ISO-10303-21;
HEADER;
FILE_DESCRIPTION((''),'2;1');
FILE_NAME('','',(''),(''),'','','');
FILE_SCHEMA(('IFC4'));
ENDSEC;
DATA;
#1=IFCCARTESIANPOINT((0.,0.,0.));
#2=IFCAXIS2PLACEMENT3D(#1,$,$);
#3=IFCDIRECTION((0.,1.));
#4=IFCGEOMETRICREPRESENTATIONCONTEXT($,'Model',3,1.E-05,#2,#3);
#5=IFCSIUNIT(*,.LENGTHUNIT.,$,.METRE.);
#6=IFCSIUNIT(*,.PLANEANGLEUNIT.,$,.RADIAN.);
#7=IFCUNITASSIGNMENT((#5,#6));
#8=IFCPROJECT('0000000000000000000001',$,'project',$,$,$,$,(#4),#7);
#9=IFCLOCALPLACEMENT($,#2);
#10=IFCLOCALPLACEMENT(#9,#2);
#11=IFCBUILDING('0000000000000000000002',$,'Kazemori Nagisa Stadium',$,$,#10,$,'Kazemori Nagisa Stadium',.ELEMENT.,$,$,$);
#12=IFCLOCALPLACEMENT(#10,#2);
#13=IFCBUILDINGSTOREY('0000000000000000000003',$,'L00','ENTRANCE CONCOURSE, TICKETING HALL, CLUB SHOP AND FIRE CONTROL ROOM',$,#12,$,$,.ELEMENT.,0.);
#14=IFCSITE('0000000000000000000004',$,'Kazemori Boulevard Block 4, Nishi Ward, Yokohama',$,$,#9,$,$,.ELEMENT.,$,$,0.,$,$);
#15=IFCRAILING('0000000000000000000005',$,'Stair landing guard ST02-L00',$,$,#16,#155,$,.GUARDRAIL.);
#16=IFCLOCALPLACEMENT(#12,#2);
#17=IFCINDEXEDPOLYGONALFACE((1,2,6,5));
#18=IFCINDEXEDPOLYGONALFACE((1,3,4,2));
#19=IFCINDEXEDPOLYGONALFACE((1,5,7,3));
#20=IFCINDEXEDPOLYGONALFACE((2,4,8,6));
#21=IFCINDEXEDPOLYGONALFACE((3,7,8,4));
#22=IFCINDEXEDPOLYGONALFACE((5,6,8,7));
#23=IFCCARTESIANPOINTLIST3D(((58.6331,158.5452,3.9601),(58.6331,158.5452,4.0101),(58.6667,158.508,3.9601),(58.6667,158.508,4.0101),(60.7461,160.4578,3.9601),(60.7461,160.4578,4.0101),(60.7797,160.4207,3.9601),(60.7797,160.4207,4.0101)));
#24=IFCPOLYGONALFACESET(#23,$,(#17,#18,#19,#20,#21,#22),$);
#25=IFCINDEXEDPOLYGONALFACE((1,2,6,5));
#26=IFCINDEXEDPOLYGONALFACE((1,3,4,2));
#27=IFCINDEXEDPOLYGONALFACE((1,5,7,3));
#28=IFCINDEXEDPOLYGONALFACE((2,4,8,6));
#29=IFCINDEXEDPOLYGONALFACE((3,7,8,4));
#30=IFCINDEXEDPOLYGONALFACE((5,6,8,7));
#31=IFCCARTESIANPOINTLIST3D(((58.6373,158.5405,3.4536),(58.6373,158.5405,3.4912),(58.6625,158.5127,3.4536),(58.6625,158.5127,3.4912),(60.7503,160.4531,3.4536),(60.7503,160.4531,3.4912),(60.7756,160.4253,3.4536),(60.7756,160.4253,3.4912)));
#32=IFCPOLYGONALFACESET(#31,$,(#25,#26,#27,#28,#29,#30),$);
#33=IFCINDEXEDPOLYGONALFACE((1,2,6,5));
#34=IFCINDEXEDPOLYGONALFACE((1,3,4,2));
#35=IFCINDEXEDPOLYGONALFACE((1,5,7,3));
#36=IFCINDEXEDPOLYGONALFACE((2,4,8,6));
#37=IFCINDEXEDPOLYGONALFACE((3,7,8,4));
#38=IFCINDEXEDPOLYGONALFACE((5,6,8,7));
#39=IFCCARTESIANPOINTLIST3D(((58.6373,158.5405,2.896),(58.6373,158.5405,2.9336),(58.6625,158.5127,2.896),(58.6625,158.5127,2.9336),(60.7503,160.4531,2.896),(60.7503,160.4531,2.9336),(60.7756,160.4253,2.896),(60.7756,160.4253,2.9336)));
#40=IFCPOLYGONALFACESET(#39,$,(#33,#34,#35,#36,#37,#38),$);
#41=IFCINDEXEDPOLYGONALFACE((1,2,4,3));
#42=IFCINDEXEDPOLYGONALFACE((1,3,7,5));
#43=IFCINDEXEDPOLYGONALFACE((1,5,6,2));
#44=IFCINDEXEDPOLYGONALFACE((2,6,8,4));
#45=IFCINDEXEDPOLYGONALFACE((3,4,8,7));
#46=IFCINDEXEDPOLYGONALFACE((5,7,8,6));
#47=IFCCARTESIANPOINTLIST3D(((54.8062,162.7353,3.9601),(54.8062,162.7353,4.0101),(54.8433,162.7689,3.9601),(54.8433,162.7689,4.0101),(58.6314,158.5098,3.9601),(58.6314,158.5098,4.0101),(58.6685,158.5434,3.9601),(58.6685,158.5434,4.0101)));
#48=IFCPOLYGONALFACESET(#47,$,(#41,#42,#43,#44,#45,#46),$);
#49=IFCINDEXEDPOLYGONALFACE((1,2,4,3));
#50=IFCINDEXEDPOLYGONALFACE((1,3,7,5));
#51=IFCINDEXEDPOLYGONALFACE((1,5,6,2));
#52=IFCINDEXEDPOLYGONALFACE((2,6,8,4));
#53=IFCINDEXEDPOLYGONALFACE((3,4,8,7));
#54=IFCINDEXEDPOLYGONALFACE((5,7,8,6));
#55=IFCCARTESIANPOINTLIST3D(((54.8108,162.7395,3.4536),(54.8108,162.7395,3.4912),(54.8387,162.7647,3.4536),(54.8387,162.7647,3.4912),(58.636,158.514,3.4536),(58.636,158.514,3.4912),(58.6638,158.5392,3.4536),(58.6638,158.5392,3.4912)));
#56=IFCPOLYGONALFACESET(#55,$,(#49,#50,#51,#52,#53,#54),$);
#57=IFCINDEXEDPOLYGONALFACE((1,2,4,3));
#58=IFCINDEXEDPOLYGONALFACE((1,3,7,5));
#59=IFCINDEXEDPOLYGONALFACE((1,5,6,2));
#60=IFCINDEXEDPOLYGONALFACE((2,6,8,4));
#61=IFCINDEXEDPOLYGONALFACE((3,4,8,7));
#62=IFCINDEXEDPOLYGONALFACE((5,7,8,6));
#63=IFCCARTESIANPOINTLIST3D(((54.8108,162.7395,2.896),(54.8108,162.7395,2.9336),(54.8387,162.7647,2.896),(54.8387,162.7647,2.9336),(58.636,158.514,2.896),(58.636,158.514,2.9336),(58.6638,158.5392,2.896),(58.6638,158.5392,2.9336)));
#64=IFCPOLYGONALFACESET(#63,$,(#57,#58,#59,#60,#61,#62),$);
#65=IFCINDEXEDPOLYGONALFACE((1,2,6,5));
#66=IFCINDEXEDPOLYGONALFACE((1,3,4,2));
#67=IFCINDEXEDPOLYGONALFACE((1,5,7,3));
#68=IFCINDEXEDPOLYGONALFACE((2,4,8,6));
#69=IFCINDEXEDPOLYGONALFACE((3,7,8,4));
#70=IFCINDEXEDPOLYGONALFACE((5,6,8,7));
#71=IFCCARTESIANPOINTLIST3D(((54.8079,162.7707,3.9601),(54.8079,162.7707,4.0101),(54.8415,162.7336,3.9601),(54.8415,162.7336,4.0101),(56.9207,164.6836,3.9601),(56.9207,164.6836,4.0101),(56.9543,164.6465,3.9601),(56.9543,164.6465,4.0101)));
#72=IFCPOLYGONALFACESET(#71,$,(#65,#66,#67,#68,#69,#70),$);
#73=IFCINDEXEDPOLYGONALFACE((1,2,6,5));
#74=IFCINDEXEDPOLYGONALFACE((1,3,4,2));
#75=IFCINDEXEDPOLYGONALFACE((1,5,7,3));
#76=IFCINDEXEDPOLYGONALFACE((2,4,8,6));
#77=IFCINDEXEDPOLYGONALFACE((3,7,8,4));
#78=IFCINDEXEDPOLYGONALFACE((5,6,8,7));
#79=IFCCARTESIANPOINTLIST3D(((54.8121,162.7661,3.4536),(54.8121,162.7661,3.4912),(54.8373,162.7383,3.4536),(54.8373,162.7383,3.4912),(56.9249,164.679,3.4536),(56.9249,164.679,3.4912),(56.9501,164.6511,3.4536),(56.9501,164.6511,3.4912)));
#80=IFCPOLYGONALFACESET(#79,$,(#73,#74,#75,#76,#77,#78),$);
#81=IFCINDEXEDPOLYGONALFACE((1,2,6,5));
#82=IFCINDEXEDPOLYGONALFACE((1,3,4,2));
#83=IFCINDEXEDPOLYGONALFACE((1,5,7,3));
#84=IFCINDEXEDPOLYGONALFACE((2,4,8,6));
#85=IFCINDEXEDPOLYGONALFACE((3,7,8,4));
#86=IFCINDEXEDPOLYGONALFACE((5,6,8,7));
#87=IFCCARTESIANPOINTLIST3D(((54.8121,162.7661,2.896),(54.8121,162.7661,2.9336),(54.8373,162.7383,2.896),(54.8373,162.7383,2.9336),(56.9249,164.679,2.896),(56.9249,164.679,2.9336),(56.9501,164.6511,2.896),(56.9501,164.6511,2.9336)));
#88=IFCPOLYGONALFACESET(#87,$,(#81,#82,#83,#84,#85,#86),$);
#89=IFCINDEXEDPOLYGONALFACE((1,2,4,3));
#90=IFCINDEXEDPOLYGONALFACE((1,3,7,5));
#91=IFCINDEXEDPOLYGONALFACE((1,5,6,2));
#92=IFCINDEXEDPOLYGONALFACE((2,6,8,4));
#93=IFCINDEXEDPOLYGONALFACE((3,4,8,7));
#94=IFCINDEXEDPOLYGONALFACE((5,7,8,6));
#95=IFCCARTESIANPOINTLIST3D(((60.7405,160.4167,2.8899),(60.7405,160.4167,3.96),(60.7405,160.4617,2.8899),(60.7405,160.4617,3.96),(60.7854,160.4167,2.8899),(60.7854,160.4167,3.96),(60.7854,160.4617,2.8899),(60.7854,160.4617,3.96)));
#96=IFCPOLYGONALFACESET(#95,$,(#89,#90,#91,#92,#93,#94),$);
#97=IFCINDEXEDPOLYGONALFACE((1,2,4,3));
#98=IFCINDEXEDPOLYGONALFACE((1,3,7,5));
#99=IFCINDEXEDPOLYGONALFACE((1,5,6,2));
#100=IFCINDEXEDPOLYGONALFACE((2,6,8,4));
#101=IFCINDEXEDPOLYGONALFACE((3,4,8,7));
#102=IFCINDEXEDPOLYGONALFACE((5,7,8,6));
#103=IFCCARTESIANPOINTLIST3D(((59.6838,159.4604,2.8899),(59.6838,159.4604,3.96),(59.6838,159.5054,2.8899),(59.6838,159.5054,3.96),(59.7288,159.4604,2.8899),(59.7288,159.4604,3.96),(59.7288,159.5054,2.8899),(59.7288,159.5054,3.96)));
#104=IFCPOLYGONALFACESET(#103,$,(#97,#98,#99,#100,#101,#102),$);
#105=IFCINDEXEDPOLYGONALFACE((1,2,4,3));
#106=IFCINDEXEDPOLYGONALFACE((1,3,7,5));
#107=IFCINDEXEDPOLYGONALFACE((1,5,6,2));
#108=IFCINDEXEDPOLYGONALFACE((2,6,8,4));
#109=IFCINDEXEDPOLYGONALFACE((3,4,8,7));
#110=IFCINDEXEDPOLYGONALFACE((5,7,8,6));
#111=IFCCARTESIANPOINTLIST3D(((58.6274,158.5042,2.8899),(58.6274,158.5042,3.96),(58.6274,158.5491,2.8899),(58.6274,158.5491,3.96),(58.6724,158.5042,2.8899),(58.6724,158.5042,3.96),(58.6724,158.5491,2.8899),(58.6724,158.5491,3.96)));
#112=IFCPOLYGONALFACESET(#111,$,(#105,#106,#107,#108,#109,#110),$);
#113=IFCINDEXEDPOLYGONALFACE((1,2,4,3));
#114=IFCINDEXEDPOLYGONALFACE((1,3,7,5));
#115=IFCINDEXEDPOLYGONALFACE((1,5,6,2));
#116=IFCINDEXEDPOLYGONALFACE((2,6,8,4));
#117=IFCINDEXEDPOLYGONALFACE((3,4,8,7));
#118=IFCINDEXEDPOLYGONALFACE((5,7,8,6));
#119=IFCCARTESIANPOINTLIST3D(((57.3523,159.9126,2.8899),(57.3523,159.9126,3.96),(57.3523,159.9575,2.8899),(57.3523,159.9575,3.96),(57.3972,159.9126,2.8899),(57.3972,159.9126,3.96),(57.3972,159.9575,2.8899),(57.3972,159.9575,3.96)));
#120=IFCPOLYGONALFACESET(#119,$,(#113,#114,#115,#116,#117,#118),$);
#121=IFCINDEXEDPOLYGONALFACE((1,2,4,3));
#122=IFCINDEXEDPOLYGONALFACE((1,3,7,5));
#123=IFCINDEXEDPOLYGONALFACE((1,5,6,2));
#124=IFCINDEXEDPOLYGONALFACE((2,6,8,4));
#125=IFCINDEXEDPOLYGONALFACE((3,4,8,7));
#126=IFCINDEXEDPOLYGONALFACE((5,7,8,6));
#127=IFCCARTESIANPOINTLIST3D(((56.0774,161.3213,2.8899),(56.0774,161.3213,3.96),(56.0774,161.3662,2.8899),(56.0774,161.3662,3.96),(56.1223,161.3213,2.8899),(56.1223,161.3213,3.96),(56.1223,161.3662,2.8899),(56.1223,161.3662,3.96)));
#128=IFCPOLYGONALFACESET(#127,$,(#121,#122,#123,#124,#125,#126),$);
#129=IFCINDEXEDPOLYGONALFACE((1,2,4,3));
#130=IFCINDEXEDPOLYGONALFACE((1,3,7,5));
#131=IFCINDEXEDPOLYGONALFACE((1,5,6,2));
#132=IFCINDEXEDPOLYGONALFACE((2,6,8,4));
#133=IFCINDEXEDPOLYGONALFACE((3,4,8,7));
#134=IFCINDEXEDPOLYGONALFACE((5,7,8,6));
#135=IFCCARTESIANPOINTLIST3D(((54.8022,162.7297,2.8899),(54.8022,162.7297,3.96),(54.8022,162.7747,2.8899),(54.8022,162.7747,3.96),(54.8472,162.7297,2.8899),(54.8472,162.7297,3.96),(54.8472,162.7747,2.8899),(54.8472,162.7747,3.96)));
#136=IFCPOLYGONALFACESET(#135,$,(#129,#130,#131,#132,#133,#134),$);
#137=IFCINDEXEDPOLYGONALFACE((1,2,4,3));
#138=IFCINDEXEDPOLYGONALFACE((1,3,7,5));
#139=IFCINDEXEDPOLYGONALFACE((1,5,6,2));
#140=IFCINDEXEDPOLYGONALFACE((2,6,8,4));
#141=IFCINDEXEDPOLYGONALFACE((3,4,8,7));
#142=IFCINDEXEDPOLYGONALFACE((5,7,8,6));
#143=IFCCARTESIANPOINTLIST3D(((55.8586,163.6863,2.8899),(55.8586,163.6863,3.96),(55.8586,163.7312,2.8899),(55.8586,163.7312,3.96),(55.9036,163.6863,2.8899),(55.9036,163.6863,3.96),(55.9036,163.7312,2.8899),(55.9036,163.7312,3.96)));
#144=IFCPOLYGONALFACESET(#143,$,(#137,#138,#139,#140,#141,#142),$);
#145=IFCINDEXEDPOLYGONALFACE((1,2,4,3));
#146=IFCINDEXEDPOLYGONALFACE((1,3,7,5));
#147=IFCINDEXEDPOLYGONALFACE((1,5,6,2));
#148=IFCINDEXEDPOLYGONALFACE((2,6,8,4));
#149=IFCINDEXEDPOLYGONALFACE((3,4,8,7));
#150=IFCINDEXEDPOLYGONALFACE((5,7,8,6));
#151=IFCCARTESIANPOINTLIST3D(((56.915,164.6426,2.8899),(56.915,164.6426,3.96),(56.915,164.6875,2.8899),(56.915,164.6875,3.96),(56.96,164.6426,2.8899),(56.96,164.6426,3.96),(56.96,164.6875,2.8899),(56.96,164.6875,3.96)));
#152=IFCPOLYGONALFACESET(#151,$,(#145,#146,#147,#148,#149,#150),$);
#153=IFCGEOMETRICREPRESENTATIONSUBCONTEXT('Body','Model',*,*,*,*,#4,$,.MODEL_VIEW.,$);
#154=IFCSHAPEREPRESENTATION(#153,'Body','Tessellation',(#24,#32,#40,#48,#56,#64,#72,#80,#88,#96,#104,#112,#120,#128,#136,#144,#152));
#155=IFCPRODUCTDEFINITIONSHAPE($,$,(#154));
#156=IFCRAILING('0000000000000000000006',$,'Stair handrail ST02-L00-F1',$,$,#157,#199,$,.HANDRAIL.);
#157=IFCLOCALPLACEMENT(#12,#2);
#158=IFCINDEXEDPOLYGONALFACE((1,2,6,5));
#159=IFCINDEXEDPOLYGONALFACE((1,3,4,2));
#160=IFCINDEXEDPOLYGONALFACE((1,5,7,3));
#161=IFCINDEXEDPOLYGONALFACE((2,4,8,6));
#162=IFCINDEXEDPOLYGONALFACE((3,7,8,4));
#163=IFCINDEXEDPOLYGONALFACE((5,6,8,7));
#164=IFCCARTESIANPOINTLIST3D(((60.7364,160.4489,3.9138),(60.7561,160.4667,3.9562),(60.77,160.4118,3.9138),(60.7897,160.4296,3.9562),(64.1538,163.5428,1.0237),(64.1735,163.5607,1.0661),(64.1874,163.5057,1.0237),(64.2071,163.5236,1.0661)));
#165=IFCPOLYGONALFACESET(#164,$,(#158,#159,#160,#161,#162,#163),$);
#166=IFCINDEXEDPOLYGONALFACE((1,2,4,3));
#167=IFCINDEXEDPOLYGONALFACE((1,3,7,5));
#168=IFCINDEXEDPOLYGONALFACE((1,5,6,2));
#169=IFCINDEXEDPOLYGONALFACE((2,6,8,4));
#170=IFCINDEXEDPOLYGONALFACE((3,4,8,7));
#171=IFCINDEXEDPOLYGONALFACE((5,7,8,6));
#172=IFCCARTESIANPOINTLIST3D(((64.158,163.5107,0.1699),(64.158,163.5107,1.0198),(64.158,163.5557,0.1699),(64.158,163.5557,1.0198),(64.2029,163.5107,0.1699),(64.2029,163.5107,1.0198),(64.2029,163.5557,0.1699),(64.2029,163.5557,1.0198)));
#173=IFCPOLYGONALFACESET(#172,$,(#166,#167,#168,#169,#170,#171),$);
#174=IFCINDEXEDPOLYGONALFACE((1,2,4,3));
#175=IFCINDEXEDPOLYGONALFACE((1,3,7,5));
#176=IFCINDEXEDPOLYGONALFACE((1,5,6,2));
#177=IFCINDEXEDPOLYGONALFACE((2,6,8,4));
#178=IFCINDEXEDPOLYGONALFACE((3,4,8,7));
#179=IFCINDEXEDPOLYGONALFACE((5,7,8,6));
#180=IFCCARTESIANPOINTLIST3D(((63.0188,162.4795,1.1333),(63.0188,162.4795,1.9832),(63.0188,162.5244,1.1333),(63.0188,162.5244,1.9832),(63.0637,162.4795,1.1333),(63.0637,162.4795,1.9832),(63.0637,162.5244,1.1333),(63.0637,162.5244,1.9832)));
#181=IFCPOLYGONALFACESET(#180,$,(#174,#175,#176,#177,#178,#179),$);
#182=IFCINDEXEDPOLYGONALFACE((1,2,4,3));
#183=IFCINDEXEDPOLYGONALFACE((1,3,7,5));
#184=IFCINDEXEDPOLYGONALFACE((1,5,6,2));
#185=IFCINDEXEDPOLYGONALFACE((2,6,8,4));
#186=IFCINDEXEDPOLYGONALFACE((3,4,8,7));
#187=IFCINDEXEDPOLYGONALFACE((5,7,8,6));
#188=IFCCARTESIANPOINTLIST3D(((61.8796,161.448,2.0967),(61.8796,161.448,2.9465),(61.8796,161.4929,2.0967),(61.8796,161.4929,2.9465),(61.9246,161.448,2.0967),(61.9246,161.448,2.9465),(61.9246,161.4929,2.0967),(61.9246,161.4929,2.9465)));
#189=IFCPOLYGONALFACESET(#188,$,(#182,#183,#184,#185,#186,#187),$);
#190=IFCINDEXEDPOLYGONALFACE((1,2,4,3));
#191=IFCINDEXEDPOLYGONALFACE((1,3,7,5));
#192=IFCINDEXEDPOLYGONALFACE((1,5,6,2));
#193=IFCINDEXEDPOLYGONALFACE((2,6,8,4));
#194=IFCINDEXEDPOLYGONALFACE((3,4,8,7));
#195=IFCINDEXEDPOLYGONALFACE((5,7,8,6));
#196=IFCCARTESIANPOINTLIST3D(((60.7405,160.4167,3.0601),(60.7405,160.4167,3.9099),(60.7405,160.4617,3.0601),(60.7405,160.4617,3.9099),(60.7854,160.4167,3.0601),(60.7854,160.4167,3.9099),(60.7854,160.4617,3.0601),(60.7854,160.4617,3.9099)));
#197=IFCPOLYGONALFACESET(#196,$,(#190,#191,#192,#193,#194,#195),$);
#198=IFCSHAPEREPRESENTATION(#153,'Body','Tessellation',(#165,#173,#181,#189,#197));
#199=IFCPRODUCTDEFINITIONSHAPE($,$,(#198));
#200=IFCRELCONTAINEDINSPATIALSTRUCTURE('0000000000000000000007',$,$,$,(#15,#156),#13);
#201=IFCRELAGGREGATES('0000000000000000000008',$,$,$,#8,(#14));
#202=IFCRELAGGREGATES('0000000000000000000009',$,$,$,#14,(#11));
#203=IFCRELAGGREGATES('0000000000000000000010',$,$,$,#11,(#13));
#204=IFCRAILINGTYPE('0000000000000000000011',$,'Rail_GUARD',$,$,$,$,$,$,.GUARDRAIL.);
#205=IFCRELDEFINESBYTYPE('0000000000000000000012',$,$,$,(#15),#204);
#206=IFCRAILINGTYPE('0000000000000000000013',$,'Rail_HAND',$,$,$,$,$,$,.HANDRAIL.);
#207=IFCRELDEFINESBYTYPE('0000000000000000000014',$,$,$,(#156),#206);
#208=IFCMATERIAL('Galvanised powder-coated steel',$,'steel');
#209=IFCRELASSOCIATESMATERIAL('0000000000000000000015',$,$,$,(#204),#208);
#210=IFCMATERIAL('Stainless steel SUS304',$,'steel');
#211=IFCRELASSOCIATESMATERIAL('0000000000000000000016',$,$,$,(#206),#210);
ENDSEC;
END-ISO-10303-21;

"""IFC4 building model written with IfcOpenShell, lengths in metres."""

from ifc_helpers import new_model, si_unit, direction, frame, origin, origin_2d, place, context, subcontext, project, spatial, rectangle, extrude, material, type_object, element, save


model = new_model("IFC4")

# Units and contexts
model_context = context("Model", 3, precision=1e-05, world=origin(), true_north=direction((0.0, 1.0)))
body_context = subcontext(model_context, "Body", "Model", "MODEL_VIEW")
ifc_project = project(units=[si_unit("LENGTHUNIT", "METRE"), si_unit("PLANEANGLEUNIT", "RADIAN")], contexts=[model_context])

# Site, building, storey
site_placement = place(None, origin())
site = spatial("IfcSite", under=ifc_project, at=site_placement, Name="Kazemori Boulevard Block 4, Nishi Ward, Yokohama", CompositionType="ELEMENT", RefElevation=0.0)
building_placement = place(site_placement, origin())
building = spatial("IfcBuilding", under=site, at=building_placement, Name="Kazemori Nagisa Stadium", LongName="Kazemori Nagisa Stadium", CompositionType="ELEMENT")
storey_placement = place(building_placement, origin())
storey = spatial("IfcBuildingStorey", under=building, at=storey_placement, Name="L00", Description="ENTRANCE CONCOURSE, TICKETING HALL, CLUB SHOP AND FIRE CONTROL ROOM", CompositionType="ELEMENT", Elevation=0.0)

# Shared definitions
ifc_material_1 = material(Name="Stainless steel SUS304", Category="steel")

# Railings
ifc_material_2 = material(Name="Galvanised powder-coated steel", Category="steel")
railing_type_1 = type_object("IfcRailingType", Name="Rail_GUARD", PredefinedType="GUARDRAIL", material=ifc_material_2)
railing_1_placement = place(storey_placement, frame((60.7629, 160.4392, 2.8899)))
element("IfcRailing", 1, at=railing_1_placement, inside=storey, type_object=railing_type_1, Name="Stair landing guard ST02-L00", PredefinedType="GUARDRAIL", context=body_context, shape_type="SweptSolid", body=[
    extrude(rectangle(XDim=0.05, YDim=0.05, at=origin_2d()), frame((0.0, 0.0, 1.0952), z_axis=(-0.741396, -0.671068, 0.0), x_axis=(0.671068, -0.741396, 0.0)), (0.0, 0.0, 1.0), 2.8501),
    extrude(rectangle(XDim=0.0376, YDim=0.0376, at=origin_2d()), frame((0.0, 0.0, 0.5825), z_axis=(-0.741396, -0.671068, 0.0), x_axis=(0.671068, -0.741396, 0.0)), (0.0, 0.0, 1.0), 2.8501),
    extrude(rectangle(XDim=0.0376, YDim=0.0376, at=origin_2d()), frame((0.0, 0.0, 0.0249), z_axis=(-0.741396, -0.671068, 0.0), x_axis=(0.671068, -0.741396, 0.0)), (0.0, 0.0, 1.0), 2.8501),
    extrude(rectangle(XDim=0.05, YDim=0.05, at=origin_2d()), frame((-2.113, -1.9126, 1.0952), z_axis=(-0.671111, 0.741357, 0.0), x_axis=(-0.741357, -0.671111, 0.0)), (0.0, 0.0, 1.0), 5.6997),
    extrude(rectangle(XDim=0.0376, YDim=0.0376, at=origin_2d()), frame((-2.113, -1.9126, 0.5825), z_axis=(-0.671111, 0.741357, 0.0), x_axis=(-0.741357, -0.671111, 0.0)), (0.0, 0.0, 1.0), 5.6997),
    extrude(rectangle(XDim=0.0376, YDim=0.0376, at=origin_2d()), frame((-2.113, -1.9126, 0.0249), z_axis=(-0.671111, 0.741357, 0.0), x_axis=(-0.741357, -0.671111, 0.0)), (0.0, 0.0, 1.0), 5.6997),
    extrude(rectangle(XDim=0.05, YDim=0.05, at=origin_2d()), frame((-5.9382, 2.313, 1.0952), z_axis=(0.741315, 0.671158, 0.0), x_axis=(-0.671158, 0.741315, 0.0)), (0.0, 0.0, 1.0), 2.8501),
    extrude(rectangle(XDim=0.0376, YDim=0.0376, at=origin_2d()), frame((-5.9382, 2.313, 0.5825), z_axis=(0.741315, 0.671158, 0.0), x_axis=(-0.671158, 0.741315, 0.0)), (0.0, 0.0, 1.0), 2.8501),
    extrude(rectangle(XDim=0.0376, YDim=0.0376, at=origin_2d()), frame((-5.9382, 2.313, 0.0249), z_axis=(0.741315, 0.671158, 0.0), x_axis=(-0.671158, 0.741315, 0.0)), (0.0, 0.0, 1.0), 2.8501),
    extrude(rectangle(XDim=0.0449, YDim=0.0449, at=origin_2d()), origin(), (0.0, 0.0, 1.0), 1.0701),
    extrude(rectangle(XDim=0.0449, YDim=0.0449, at=origin_2d()), frame((-1.0566, -0.9563, 0.0)), (0.0, 0.0, 1.0), 1.0701),
    extrude(rectangle(XDim=0.0449, YDim=0.0449, at=origin_2d()), frame((-2.113, -1.9126, 0.0)), (0.0, 0.0, 1.0), 1.0701),
    extrude(rectangle(XDim=0.0449, YDim=0.0449, at=origin_2d()), frame((-3.3882, -0.5042, 0.0)), (0.0, 0.0, 1.0), 1.0701),
    extrude(rectangle(XDim=0.0449, YDim=0.0449, at=origin_2d()), frame((-4.6631, 0.9045, 0.0)), (0.0, 0.0, 1.0), 1.0701),
    extrude(rectangle(XDim=0.0449, YDim=0.0449, at=origin_2d()), frame((-5.9382, 2.313, 0.0)), (0.0, 0.0, 1.0), 1.0701),
    extrude(rectangle(XDim=0.0449, YDim=0.0449, at=origin_2d()), frame((-4.8818, 3.2695, 0.0)), (0.0, 0.0, 1.0), 1.0701),
    extrude(rectangle(XDim=0.0449, YDim=0.0449, at=origin_2d()), frame((-3.8254, 4.2258, 0.0)), (0.0, 0.0, 1.0), 1.0701),
])
railing_type_2 = type_object("IfcRailingType", Name="Rail_HAND", PredefinedType="HANDRAIL", material=ifc_material_1)
railing_2_placement = place(storey_placement, frame((64.1804, 163.5332, 0.1699)))
element("IfcRailing", 2, at=railing_2_placement, inside=storey, type_object=railing_type_2, Name="Stair handrail ST02-L00-F1", PredefinedType="HANDRAIL", context=body_context, shape_type="SweptSolid", body=[
    extrude(rectangle(XDim=0.05, YDim=0.05, at=origin_2d()), frame((0.0, 0.0, 0.875), z_axis=(-0.628094, -0.568641, 0.531174), x_axis=(0.67115, -0.741321, 0.0)), (0.0, 0.0, 1.0), 5.4409),
    extrude(rectangle(XDim=0.0449, YDim=0.0449, at=origin_2d()), origin(), (0.0, 0.0, 1.0), 0.8499),
    extrude(rectangle(XDim=0.0449, YDim=0.0449, at=origin_2d()), frame((-1.1392, -1.0312, 0.9634)), (0.0, 0.0, 1.0), 0.8499),
    extrude(rectangle(XDim=0.0449, YDim=0.0449, at=origin_2d()), frame((-2.2783, -2.0627, 1.9268)), (0.0, 0.0, 1.0), 0.8499),
    extrude(rectangle(XDim=0.0449, YDim=0.0449, at=origin_2d()), frame((-3.4175, -3.094, 2.8901)), (0.0, 0.0, 1.0), 0.8499),
])

save(model, "model.ifc")
